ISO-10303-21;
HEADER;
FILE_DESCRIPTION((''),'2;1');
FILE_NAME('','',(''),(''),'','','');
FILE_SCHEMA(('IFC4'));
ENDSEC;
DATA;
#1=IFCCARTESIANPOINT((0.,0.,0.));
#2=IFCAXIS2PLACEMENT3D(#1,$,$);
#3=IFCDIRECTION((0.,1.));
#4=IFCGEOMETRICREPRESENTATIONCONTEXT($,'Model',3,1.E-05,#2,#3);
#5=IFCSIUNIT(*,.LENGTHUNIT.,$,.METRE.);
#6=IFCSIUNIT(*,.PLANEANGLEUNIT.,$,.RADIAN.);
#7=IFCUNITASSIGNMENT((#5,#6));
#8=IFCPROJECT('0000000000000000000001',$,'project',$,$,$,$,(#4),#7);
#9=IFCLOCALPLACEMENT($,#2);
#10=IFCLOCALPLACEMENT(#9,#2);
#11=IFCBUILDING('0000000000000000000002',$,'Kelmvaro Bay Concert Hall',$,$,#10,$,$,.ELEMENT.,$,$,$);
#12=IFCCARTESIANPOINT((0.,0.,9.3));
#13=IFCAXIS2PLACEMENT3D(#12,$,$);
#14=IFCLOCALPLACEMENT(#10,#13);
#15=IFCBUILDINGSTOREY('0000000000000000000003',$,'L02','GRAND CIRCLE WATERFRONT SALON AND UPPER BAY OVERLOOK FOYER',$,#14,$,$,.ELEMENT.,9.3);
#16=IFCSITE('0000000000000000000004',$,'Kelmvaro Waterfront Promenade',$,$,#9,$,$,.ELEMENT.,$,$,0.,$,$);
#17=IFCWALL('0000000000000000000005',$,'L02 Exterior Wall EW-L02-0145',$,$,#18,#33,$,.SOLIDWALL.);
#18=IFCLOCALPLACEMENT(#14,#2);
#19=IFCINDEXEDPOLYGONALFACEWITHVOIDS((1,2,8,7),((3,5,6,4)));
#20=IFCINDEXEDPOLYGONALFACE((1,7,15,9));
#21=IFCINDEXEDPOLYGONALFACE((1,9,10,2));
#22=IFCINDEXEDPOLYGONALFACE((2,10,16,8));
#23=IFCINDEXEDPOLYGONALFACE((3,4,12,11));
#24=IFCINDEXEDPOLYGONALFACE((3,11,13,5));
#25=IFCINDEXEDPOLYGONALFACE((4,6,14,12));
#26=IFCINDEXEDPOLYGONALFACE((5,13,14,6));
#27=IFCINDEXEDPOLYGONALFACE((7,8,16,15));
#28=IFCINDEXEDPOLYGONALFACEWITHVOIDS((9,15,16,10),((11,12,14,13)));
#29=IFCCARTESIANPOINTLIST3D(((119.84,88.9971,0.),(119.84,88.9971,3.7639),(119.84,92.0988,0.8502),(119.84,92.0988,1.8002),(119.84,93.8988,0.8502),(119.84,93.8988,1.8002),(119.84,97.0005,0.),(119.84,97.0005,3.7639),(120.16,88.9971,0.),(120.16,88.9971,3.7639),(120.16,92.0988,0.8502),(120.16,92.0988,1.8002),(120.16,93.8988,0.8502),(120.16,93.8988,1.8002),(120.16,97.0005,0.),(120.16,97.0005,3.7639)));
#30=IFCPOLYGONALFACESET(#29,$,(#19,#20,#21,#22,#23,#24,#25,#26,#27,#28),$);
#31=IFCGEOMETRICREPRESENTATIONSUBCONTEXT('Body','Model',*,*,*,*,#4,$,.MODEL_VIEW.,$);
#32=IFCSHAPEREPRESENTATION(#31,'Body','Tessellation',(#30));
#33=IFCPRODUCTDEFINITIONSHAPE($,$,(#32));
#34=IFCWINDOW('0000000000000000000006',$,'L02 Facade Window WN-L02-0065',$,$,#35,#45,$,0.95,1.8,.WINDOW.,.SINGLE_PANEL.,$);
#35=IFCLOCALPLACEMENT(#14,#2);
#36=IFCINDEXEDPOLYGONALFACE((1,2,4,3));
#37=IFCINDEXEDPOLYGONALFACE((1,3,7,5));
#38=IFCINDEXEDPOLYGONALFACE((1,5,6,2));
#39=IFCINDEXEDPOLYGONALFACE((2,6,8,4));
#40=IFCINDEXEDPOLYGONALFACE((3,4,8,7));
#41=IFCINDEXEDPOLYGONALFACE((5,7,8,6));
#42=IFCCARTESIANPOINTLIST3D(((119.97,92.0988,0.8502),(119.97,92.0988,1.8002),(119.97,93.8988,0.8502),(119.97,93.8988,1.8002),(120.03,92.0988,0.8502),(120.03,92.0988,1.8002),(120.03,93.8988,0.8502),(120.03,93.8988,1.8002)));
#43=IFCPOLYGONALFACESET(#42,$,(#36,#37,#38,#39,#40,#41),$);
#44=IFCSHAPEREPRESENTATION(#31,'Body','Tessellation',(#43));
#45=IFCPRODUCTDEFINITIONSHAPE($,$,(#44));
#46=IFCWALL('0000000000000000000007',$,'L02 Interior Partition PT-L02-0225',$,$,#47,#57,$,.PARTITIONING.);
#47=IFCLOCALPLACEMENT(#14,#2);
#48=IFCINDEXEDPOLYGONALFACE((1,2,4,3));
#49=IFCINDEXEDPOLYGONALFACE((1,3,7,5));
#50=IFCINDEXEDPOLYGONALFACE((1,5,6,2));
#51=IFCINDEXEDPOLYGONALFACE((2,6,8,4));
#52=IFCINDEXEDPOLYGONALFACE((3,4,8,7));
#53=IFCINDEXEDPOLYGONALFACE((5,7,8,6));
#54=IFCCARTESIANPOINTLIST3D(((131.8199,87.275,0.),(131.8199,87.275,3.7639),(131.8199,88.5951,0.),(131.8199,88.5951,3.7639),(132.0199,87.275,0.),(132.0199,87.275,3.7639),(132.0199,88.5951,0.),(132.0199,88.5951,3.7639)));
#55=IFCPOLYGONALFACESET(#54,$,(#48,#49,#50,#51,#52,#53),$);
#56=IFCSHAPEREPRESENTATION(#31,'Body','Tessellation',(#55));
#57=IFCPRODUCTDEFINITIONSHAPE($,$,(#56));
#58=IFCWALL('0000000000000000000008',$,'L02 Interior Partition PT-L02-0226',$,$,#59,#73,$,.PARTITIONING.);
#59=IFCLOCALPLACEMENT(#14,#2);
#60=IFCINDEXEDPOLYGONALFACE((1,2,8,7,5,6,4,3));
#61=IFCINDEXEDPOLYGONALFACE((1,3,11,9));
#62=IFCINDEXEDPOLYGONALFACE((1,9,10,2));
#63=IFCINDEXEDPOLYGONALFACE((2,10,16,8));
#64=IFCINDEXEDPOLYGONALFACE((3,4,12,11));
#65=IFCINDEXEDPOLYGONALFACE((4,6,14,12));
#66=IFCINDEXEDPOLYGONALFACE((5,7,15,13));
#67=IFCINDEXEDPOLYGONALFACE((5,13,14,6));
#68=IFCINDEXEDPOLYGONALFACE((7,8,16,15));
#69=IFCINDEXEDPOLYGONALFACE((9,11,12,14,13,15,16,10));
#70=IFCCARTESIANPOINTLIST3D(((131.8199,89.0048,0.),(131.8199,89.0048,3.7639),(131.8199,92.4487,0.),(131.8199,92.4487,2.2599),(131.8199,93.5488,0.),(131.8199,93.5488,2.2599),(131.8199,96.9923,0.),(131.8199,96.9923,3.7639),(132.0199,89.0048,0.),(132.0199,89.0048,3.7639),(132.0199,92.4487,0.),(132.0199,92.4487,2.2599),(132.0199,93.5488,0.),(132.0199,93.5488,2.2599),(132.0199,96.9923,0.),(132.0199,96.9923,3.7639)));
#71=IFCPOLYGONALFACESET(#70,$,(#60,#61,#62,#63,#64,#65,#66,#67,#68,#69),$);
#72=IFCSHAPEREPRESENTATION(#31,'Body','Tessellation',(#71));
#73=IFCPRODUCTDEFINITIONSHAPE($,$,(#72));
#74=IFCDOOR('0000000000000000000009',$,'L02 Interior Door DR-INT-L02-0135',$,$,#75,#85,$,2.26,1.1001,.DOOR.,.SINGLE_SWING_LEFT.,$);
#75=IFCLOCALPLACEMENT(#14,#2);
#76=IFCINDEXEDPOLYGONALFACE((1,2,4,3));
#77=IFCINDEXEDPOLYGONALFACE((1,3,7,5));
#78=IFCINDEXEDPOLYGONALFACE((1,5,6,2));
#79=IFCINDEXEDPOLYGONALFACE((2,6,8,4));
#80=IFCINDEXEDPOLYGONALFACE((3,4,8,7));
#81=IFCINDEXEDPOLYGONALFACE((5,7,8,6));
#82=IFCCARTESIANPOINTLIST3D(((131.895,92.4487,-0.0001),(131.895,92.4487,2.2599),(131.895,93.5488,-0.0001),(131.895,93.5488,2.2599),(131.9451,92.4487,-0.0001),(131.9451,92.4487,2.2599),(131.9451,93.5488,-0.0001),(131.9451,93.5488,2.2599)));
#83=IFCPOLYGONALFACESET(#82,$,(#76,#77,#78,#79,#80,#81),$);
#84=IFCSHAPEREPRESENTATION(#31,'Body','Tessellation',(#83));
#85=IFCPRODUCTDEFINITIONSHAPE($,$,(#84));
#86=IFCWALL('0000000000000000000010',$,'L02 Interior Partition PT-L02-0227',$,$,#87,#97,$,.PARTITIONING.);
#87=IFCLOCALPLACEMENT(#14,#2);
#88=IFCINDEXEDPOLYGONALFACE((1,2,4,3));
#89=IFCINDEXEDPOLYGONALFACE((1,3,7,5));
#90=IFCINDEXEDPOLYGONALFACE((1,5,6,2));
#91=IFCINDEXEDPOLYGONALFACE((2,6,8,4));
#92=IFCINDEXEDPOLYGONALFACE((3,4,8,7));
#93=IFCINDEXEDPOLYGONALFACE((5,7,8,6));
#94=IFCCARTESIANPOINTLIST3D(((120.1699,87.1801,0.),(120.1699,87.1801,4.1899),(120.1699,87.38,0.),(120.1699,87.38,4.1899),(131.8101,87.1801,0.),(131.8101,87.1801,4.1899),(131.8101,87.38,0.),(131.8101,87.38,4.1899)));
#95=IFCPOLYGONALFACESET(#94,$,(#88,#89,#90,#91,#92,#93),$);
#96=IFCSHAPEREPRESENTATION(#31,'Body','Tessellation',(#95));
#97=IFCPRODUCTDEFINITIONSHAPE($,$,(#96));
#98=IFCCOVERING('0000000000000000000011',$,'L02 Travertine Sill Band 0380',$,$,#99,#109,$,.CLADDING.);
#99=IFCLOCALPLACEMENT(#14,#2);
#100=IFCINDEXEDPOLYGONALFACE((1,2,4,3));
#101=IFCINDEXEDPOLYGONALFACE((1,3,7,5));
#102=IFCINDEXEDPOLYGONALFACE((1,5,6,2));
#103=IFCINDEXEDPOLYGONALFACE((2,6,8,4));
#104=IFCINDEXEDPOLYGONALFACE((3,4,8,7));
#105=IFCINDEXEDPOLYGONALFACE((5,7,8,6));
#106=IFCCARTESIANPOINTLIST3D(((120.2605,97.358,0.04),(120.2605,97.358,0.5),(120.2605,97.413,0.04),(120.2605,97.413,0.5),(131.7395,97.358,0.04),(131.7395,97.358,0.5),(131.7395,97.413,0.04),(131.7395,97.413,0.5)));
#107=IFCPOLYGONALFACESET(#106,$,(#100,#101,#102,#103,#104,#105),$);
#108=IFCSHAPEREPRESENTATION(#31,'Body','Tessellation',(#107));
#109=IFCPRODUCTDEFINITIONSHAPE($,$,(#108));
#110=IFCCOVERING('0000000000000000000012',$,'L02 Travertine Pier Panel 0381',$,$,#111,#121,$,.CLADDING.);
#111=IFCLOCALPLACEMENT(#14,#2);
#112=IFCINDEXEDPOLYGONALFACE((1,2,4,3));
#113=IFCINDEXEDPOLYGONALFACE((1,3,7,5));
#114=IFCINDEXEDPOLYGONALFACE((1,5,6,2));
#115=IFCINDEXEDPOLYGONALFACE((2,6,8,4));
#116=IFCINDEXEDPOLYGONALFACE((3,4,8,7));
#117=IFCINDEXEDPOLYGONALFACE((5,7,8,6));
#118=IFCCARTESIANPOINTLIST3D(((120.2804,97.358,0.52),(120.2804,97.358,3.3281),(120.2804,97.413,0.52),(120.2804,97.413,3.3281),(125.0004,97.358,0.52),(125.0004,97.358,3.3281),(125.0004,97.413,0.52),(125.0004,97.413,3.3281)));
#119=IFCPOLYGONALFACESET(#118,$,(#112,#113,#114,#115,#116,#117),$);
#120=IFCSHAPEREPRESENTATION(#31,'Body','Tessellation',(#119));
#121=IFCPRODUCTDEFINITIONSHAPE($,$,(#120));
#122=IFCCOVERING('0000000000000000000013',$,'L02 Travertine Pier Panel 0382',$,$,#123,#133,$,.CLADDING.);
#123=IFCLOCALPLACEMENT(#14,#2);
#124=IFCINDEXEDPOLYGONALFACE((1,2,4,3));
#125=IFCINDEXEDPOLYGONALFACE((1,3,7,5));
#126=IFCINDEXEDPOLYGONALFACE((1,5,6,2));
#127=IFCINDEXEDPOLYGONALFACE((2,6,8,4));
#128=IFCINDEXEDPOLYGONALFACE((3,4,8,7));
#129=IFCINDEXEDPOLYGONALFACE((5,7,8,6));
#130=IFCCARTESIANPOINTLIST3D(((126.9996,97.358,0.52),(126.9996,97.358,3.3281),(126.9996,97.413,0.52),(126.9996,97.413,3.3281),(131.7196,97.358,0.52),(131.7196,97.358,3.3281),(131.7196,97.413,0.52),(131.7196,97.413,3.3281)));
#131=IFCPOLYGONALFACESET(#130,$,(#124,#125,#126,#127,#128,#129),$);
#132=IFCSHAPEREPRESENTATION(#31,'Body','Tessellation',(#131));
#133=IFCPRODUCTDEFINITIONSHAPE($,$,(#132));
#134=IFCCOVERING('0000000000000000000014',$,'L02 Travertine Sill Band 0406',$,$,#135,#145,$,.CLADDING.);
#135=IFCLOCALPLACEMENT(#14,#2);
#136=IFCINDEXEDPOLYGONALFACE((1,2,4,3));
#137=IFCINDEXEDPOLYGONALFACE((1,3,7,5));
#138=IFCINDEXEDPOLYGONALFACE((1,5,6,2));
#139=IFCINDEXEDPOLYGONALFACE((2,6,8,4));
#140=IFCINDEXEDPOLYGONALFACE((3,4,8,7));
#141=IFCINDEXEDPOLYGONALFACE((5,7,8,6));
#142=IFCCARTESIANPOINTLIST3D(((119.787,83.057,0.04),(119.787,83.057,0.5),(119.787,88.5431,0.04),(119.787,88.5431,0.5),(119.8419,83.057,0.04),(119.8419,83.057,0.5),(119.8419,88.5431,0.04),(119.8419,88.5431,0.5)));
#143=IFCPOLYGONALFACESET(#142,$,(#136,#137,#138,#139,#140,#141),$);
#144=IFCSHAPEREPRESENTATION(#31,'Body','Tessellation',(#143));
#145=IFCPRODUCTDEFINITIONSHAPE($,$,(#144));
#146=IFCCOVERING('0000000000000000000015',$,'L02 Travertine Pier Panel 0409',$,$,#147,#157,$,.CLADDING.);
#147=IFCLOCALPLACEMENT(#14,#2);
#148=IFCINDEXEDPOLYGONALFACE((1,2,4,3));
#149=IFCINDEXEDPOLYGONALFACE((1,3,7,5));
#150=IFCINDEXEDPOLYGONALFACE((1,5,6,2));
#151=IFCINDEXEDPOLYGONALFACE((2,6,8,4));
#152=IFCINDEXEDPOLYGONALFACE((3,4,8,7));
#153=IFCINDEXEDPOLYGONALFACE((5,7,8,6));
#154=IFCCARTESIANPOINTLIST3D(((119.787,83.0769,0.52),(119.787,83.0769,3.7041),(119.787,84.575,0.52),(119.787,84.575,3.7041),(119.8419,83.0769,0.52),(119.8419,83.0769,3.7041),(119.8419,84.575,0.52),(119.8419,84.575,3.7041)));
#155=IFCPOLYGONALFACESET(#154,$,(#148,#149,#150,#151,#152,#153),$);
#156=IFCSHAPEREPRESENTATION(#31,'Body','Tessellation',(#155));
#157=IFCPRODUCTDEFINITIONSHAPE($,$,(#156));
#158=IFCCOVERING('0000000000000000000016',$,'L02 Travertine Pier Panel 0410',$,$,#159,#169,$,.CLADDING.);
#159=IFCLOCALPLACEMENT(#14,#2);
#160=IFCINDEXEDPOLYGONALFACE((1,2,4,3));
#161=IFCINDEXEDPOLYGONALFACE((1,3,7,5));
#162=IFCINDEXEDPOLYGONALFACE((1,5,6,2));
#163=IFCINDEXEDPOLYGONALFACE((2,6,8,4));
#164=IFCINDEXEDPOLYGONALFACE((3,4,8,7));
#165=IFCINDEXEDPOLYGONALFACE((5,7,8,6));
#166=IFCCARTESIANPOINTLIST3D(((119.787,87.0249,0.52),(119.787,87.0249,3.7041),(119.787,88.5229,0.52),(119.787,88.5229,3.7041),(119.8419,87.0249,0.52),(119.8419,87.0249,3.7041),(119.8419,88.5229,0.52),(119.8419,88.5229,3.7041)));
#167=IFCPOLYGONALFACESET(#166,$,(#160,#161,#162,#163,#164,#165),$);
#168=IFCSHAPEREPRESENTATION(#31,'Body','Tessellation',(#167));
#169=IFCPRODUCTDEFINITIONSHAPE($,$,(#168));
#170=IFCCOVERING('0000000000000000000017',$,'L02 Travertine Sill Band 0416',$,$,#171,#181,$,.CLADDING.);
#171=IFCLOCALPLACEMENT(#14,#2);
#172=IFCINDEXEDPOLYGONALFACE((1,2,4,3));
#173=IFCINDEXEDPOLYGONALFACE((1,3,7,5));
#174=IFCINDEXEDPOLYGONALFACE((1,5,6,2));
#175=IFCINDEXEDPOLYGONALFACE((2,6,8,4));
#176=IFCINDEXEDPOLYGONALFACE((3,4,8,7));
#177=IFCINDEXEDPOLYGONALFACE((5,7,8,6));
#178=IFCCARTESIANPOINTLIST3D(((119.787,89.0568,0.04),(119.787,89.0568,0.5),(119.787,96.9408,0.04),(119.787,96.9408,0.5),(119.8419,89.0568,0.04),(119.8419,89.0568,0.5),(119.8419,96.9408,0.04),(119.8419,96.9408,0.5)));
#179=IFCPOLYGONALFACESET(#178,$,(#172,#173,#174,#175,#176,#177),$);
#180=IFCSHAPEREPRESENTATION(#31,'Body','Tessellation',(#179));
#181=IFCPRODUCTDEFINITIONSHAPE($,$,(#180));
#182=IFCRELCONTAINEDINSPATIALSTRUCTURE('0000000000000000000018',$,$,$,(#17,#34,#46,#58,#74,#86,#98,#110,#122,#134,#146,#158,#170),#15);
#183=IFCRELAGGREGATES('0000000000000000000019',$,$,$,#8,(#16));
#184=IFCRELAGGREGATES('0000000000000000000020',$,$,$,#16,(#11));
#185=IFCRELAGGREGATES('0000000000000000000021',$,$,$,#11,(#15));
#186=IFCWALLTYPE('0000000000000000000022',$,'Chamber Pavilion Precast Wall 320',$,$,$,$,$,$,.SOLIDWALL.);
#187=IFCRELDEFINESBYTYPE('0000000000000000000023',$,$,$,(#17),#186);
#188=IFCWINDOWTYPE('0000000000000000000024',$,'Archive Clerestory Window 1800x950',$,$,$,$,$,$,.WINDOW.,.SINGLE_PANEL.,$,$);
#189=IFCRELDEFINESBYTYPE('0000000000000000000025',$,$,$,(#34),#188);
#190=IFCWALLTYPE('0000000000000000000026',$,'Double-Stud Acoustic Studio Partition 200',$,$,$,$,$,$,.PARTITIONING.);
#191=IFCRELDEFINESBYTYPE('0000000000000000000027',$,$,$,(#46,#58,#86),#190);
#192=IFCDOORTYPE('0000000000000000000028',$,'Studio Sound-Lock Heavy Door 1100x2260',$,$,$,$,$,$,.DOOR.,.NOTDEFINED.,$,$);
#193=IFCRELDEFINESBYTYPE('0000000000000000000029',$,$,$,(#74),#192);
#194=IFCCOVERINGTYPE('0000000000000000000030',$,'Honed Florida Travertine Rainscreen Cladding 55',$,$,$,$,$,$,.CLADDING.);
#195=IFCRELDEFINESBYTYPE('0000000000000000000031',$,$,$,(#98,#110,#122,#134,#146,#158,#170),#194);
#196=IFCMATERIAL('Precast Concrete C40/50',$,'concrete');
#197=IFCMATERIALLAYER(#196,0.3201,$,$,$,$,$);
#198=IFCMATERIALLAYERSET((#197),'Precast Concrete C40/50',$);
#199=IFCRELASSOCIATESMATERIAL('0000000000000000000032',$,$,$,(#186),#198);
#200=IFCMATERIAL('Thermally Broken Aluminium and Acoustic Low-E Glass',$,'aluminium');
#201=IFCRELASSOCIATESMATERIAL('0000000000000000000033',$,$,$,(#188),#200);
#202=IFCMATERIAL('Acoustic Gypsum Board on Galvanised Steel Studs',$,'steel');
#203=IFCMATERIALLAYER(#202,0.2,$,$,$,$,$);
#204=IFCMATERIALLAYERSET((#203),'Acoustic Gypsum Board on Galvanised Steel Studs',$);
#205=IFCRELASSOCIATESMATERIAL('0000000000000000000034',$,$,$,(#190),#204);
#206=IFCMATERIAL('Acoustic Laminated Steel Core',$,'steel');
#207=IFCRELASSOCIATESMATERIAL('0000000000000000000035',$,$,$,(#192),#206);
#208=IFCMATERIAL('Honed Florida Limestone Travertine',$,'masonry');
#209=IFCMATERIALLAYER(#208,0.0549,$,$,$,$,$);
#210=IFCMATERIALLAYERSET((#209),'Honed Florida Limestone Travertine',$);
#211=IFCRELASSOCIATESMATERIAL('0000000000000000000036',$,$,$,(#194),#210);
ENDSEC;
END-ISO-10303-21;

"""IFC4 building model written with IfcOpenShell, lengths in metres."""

from ifc_helpers import new_model, si_unit, direction, frame, frame_2d, origin, origin_2d, place, context, subcontext, project, spatial, rectangle, extrude, material, layer, layer_set, type_object, element, fill, save


model = new_model("IFC4")

# Units and contexts
model_context = context("Model", 3, precision=1e-05, world=origin(), true_north=direction((0.0, 1.0)))
body_context = subcontext(model_context, "Body", "Model", "MODEL_VIEW")
ifc_project = project(units=[si_unit("LENGTHUNIT", "METRE"), si_unit("PLANEANGLEUNIT", "RADIAN")], contexts=[model_context])

# Site, building, storey
site_placement = place(None, origin())
site = spatial("IfcSite", under=ifc_project, at=site_placement, Name="Kelmvaro Waterfront Promenade", CompositionType="ELEMENT", RefElevation=0.0)
building_placement = place(site_placement, origin())
building = spatial("IfcBuilding", under=site, at=building_placement, Name="Kelmvaro Bay Concert Hall", CompositionType="ELEMENT")
storey_placement = place(building_placement, frame((0.0, 0.0, 9.3)))
storey = spatial("IfcBuildingStorey", under=building, at=storey_placement, Name="L02", Description="GRAND CIRCLE WATERFRONT SALON AND UPPER BAY OVERLOOK FOYER", CompositionType="ELEMENT", Elevation=9.3)

# Wall, opening, window
ifc_material_1 = material(Name="Precast Concrete C40/50", Category="concrete")
ifc_layer_1 = layer(ifc_material_1, 0.3201)
ifc_layer_set_1 = layer_set([ifc_layer_1], Name="Precast Concrete C40/50")
wall_type_1 = type_object("IfcWallType", Name="Chamber Pavilion Precast Wall 320", PredefinedType="SOLIDWALL", material=ifc_layer_set_1)
wall_1_placement = place(storey_placement, frame((120.0, 88.9971, 0.0), z_axis=(0.0, 0.0, 1.0), x_axis=(0.0, 1.0, 0.0)))
wall_1 = element("IfcWall", 1, at=wall_1_placement, inside=storey, type_object=wall_type_1, Name="L02 Exterior Wall EW-L02-0145", PredefinedType="SOLIDWALL", context=body_context, shape_type="SweptSolid", body=[
    extrude(rectangle(XDim=8.0034, YDim=0.3201, at=frame_2d((4.0017, 0.0))), origin(), (0.0, 0.0, 1.0), 3.7639),
])
opening_1_placement = place(wall_1_placement, frame((3.1018, 0.0, 0.8501)))
opening_1 = element("IfcOpeningElement", 2, at=opening_1_placement, cuts=wall_1, PredefinedType="OPENING", context=body_context, shape_type="SweptSolid", body=[
    extrude(rectangle(XDim=1.8, YDim=0.95, at=frame_2d((0.8999, 0.4751))), frame((0.0, 0.1699, 0.0), z_axis=(0.0, -1.0, 0.0), x_axis=(1.0, 0.0, 0.0)), (0.0, 0.0, 1.0), 0.3401),
])
ifc_material_2 = material(Name="Thermally Broken Aluminium and Acoustic Low-E Glass", Category="aluminium")
window_type_1 = type_object("IfcWindowType", Name="Archive Clerestory Window 1800x950", PartitioningType="SINGLE_PANEL", PredefinedType="WINDOW", material=ifc_material_2)
window_1_placement = place(opening_1_placement, origin())
window_1 = element("IfcWindow", 3, at=window_1_placement, inside=storey, type_object=window_type_1, Name="L02 Facade Window WN-L02-0065", OverallHeight=0.95, OverallWidth=1.8, PartitioningType="SINGLE_PANEL", PredefinedType="WINDOW", context=body_context, shape_type="SweptSolid", body=[
    extrude(rectangle(XDim=1.8, YDim=0.95, at=frame_2d((0.8999, 0.4751))), frame((0.0, 0.03, 0.0), z_axis=(0.0, -1.0, 0.0), x_axis=(1.0, 0.0, 0.0)), (0.0, 0.0, 1.0), 0.0601),
])
fill(opening_1, window_1)

# Wall
ifc_material_3 = material(Name="Acoustic Gypsum Board on Galvanised Steel Studs", Category="steel")
ifc_layer_2 = layer(ifc_material_3, 0.2)
ifc_layer_set_2 = layer_set([ifc_layer_2], Name="Acoustic Gypsum Board on Galvanised Steel Studs")
wall_type_2 = type_object("IfcWallType", Name="Double-Stud Acoustic Studio Partition 200", PredefinedType="PARTITIONING", material=ifc_layer_set_2)
wall_2_placement = place(storey_placement, frame((131.9199, 87.2749, 0.0), z_axis=(0.0, 0.0, 1.0), x_axis=(0.0, 1.0, 0.0)))
element("IfcWall", 4, at=wall_2_placement, inside=storey, type_object=wall_type_2, Name="L02 Interior Partition PT-L02-0225", PredefinedType="PARTITIONING", context=body_context, shape_type="SweptSolid", body=[
    extrude(rectangle(XDim=1.3201, YDim=0.2, at=frame_2d((0.6602, 0.0))), origin(), (0.0, 0.0, 1.0), 3.7639),
])

# Wall, opening, door
wall_3_placement = place(storey_placement, frame((131.9199, 89.0049, 0.0), z_axis=(0.0, 0.0, 1.0), x_axis=(0.0, 1.0, 0.0)))
wall_3 = element("IfcWall", 5, at=wall_3_placement, inside=storey, type_object=wall_type_2, Name="L02 Interior Partition PT-L02-0226", PredefinedType="PARTITIONING", context=body_context, shape_type="SweptSolid", body=[
    extrude(rectangle(XDim=7.9875, YDim=0.2, at=frame_2d((3.9937, 0.0))), origin(), (0.0, 0.0, 1.0), 3.7639),
])
opening_2_placement = place(wall_3_placement, frame((3.4438, 0.0, 0.0)))
opening_2 = element("IfcOpeningElement", 6, at=opening_2_placement, cuts=wall_3, PredefinedType="OPENING", context=body_context, shape_type="SweptSolid", body=[
    extrude(rectangle(XDim=1.1001, YDim=2.26, at=frame_2d((0.55, 1.1299))), frame((0.0, 0.1099, 0.0), z_axis=(0.0, -1.0, 0.0), x_axis=(1.0, 0.0, 0.0)), (0.0, 0.0, 1.0), 0.22),
])
ifc_material_4 = material(Name="Acoustic Laminated Steel Core", Category="steel")
door_type = type_object("IfcDoorType", Name="Studio Sound-Lock Heavy Door 1100x2260", OperationType="NOTDEFINED", PredefinedType="DOOR", material=ifc_material_4)
door_placement = place(opening_2_placement, origin())
door = element("IfcDoor", 7, at=door_placement, inside=storey, type_object=door_type, Name="L02 Interior Door DR-INT-L02-0135", OperationType="SINGLE_SWING_LEFT", OverallHeight=2.26, OverallWidth=1.1001, PredefinedType="DOOR", context=body_context, shape_type="SweptSolid", body=[
    extrude(rectangle(XDim=1.1001, YDim=2.26, at=frame_2d((0.55, 1.1299))), frame((0.0, 0.0249, 0.0), z_axis=(0.0, -1.0, 0.0), x_axis=(1.0, 0.0, 0.0)), (0.0, 0.0, 1.0), 0.05),
])
fill(opening_2, door)

# Wall
wall_4_placement = place(storey_placement, frame((120.1699, 87.28, 0.0), z_axis=(0.0, 0.0, 1.0), x_axis=(1.0, 0.0, 0.0)))
element("IfcWall", 8, at=wall_4_placement, inside=storey, type_object=wall_type_2, Name="L02 Interior Partition PT-L02-0227", PredefinedType="PARTITIONING", context=body_context, shape_type="SweptSolid", body=[
    extrude(rectangle(XDim=11.6401, YDim=0.2, at=frame_2d((5.8201, 0.0))), origin(), (0.0, 0.0, 1.0), 4.1899),
])

# Coverings
ifc_material_5 = material(Name="Honed Florida Limestone Travertine", Category="masonry")
ifc_layer_3 = layer(ifc_material_5, 0.0549)
ifc_layer_set_3 = layer_set([ifc_layer_3], Name="Honed Florida Limestone Travertine")
covering_type = type_object("IfcCoveringType", Name="Honed Florida Travertine Rainscreen Cladding 55", PredefinedType="CLADDING", material=ifc_layer_set_3)
covering_1_placement = place(storey_placement, frame((126.0, 97.3855, 0.04), z_axis=(0.0, 0.0, 1.0), x_axis=(1.0, 0.0, 0.0)))
element("IfcCovering", 9, at=covering_1_placement, inside=storey, type_object=covering_type, Name="L02 Travertine Sill Band 0380", PredefinedType="CLADDING", context=body_context, shape_type="SweptSolid", body=[
    extrude(rectangle(XDim=11.479, YDim=0.0549, at=origin_2d()), origin(), (0.0, 0.0, 1.0), 0.46),
])
for number, where, z_axis, x_axis, name in (
    (10, (122.6404, 97.3855, 0.52), (0.0, 0.0, 1.0), (1.0, 0.0, 0.0), "L02 Travertine Pier Panel 0381"),
    (11, (129.3596, 97.3855, 0.52), (0.0, 0.0, 1.0), (1.0, 0.0, 0.0), "L02 Travertine Pier Panel 0382"),
):
    element("IfcCovering", number, at=place(storey_placement, frame(where, z_axis=z_axis, x_axis=x_axis)), inside=storey, type_object=covering_type, Name=name, PredefinedType="CLADDING", context=body_context, shape_type="SweptSolid", body=[
        extrude(rectangle(XDim=4.72, YDim=0.0549, at=origin_2d()), origin(), (0.0, 0.0, 1.0), 2.8081),
    ])
covering_2_placement = place(storey_placement, frame((119.8145, 85.8, 0.04), z_axis=(0.0, 0.0, 1.0), x_axis=(0.0, 1.0, 0.0)))
element("IfcCovering", 12, at=covering_2_placement, inside=storey, type_object=covering_type, Name="L02 Travertine Sill Band 0406", PredefinedType="CLADDING", context=body_context, shape_type="SweptSolid", body=[
    extrude(rectangle(XDim=5.4861, YDim=0.0549, at=origin_2d()), origin(), (0.0, 0.0, 1.0), 0.46),
])
for number, where, z_axis, x_axis, name in (
    (13, (119.8145, 83.8259, 0.52), (0.0, 0.0, 1.0), (0.0, 1.0, 0.0), "L02 Travertine Pier Panel 0409"),
    (14, (119.8145, 87.7739, 0.52), (0.0, 0.0, 1.0), (0.0, 1.0, 0.0), "L02 Travertine Pier Panel 0410"),
):
    element("IfcCovering", number, at=place(storey_placement, frame(where, z_axis=z_axis, x_axis=x_axis)), inside=storey, type_object=covering_type, Name=name, PredefinedType="CLADDING", context=body_context, shape_type="SweptSolid", body=[
        extrude(rectangle(XDim=1.498, YDim=0.0549, at=origin_2d()), origin(), (0.0, 0.0, 1.0), 3.1841),
    ])
covering_3_placement = place(storey_placement, frame((119.8145, 92.9988, 0.04), z_axis=(0.0, 0.0, 1.0), x_axis=(0.0, 1.0, 0.0)))
element("IfcCovering", 15, at=covering_3_placement, inside=storey, type_object=covering_type, Name="L02 Travertine Sill Band 0416", PredefinedType="CLADDING", context=body_context, shape_type="SweptSolid", body=[
    extrude(rectangle(XDim=7.884, YDim=0.0549, at=origin_2d()), origin(), (0.0, 0.0, 1.0), 0.46),
])

save(model, "model.ifc")
